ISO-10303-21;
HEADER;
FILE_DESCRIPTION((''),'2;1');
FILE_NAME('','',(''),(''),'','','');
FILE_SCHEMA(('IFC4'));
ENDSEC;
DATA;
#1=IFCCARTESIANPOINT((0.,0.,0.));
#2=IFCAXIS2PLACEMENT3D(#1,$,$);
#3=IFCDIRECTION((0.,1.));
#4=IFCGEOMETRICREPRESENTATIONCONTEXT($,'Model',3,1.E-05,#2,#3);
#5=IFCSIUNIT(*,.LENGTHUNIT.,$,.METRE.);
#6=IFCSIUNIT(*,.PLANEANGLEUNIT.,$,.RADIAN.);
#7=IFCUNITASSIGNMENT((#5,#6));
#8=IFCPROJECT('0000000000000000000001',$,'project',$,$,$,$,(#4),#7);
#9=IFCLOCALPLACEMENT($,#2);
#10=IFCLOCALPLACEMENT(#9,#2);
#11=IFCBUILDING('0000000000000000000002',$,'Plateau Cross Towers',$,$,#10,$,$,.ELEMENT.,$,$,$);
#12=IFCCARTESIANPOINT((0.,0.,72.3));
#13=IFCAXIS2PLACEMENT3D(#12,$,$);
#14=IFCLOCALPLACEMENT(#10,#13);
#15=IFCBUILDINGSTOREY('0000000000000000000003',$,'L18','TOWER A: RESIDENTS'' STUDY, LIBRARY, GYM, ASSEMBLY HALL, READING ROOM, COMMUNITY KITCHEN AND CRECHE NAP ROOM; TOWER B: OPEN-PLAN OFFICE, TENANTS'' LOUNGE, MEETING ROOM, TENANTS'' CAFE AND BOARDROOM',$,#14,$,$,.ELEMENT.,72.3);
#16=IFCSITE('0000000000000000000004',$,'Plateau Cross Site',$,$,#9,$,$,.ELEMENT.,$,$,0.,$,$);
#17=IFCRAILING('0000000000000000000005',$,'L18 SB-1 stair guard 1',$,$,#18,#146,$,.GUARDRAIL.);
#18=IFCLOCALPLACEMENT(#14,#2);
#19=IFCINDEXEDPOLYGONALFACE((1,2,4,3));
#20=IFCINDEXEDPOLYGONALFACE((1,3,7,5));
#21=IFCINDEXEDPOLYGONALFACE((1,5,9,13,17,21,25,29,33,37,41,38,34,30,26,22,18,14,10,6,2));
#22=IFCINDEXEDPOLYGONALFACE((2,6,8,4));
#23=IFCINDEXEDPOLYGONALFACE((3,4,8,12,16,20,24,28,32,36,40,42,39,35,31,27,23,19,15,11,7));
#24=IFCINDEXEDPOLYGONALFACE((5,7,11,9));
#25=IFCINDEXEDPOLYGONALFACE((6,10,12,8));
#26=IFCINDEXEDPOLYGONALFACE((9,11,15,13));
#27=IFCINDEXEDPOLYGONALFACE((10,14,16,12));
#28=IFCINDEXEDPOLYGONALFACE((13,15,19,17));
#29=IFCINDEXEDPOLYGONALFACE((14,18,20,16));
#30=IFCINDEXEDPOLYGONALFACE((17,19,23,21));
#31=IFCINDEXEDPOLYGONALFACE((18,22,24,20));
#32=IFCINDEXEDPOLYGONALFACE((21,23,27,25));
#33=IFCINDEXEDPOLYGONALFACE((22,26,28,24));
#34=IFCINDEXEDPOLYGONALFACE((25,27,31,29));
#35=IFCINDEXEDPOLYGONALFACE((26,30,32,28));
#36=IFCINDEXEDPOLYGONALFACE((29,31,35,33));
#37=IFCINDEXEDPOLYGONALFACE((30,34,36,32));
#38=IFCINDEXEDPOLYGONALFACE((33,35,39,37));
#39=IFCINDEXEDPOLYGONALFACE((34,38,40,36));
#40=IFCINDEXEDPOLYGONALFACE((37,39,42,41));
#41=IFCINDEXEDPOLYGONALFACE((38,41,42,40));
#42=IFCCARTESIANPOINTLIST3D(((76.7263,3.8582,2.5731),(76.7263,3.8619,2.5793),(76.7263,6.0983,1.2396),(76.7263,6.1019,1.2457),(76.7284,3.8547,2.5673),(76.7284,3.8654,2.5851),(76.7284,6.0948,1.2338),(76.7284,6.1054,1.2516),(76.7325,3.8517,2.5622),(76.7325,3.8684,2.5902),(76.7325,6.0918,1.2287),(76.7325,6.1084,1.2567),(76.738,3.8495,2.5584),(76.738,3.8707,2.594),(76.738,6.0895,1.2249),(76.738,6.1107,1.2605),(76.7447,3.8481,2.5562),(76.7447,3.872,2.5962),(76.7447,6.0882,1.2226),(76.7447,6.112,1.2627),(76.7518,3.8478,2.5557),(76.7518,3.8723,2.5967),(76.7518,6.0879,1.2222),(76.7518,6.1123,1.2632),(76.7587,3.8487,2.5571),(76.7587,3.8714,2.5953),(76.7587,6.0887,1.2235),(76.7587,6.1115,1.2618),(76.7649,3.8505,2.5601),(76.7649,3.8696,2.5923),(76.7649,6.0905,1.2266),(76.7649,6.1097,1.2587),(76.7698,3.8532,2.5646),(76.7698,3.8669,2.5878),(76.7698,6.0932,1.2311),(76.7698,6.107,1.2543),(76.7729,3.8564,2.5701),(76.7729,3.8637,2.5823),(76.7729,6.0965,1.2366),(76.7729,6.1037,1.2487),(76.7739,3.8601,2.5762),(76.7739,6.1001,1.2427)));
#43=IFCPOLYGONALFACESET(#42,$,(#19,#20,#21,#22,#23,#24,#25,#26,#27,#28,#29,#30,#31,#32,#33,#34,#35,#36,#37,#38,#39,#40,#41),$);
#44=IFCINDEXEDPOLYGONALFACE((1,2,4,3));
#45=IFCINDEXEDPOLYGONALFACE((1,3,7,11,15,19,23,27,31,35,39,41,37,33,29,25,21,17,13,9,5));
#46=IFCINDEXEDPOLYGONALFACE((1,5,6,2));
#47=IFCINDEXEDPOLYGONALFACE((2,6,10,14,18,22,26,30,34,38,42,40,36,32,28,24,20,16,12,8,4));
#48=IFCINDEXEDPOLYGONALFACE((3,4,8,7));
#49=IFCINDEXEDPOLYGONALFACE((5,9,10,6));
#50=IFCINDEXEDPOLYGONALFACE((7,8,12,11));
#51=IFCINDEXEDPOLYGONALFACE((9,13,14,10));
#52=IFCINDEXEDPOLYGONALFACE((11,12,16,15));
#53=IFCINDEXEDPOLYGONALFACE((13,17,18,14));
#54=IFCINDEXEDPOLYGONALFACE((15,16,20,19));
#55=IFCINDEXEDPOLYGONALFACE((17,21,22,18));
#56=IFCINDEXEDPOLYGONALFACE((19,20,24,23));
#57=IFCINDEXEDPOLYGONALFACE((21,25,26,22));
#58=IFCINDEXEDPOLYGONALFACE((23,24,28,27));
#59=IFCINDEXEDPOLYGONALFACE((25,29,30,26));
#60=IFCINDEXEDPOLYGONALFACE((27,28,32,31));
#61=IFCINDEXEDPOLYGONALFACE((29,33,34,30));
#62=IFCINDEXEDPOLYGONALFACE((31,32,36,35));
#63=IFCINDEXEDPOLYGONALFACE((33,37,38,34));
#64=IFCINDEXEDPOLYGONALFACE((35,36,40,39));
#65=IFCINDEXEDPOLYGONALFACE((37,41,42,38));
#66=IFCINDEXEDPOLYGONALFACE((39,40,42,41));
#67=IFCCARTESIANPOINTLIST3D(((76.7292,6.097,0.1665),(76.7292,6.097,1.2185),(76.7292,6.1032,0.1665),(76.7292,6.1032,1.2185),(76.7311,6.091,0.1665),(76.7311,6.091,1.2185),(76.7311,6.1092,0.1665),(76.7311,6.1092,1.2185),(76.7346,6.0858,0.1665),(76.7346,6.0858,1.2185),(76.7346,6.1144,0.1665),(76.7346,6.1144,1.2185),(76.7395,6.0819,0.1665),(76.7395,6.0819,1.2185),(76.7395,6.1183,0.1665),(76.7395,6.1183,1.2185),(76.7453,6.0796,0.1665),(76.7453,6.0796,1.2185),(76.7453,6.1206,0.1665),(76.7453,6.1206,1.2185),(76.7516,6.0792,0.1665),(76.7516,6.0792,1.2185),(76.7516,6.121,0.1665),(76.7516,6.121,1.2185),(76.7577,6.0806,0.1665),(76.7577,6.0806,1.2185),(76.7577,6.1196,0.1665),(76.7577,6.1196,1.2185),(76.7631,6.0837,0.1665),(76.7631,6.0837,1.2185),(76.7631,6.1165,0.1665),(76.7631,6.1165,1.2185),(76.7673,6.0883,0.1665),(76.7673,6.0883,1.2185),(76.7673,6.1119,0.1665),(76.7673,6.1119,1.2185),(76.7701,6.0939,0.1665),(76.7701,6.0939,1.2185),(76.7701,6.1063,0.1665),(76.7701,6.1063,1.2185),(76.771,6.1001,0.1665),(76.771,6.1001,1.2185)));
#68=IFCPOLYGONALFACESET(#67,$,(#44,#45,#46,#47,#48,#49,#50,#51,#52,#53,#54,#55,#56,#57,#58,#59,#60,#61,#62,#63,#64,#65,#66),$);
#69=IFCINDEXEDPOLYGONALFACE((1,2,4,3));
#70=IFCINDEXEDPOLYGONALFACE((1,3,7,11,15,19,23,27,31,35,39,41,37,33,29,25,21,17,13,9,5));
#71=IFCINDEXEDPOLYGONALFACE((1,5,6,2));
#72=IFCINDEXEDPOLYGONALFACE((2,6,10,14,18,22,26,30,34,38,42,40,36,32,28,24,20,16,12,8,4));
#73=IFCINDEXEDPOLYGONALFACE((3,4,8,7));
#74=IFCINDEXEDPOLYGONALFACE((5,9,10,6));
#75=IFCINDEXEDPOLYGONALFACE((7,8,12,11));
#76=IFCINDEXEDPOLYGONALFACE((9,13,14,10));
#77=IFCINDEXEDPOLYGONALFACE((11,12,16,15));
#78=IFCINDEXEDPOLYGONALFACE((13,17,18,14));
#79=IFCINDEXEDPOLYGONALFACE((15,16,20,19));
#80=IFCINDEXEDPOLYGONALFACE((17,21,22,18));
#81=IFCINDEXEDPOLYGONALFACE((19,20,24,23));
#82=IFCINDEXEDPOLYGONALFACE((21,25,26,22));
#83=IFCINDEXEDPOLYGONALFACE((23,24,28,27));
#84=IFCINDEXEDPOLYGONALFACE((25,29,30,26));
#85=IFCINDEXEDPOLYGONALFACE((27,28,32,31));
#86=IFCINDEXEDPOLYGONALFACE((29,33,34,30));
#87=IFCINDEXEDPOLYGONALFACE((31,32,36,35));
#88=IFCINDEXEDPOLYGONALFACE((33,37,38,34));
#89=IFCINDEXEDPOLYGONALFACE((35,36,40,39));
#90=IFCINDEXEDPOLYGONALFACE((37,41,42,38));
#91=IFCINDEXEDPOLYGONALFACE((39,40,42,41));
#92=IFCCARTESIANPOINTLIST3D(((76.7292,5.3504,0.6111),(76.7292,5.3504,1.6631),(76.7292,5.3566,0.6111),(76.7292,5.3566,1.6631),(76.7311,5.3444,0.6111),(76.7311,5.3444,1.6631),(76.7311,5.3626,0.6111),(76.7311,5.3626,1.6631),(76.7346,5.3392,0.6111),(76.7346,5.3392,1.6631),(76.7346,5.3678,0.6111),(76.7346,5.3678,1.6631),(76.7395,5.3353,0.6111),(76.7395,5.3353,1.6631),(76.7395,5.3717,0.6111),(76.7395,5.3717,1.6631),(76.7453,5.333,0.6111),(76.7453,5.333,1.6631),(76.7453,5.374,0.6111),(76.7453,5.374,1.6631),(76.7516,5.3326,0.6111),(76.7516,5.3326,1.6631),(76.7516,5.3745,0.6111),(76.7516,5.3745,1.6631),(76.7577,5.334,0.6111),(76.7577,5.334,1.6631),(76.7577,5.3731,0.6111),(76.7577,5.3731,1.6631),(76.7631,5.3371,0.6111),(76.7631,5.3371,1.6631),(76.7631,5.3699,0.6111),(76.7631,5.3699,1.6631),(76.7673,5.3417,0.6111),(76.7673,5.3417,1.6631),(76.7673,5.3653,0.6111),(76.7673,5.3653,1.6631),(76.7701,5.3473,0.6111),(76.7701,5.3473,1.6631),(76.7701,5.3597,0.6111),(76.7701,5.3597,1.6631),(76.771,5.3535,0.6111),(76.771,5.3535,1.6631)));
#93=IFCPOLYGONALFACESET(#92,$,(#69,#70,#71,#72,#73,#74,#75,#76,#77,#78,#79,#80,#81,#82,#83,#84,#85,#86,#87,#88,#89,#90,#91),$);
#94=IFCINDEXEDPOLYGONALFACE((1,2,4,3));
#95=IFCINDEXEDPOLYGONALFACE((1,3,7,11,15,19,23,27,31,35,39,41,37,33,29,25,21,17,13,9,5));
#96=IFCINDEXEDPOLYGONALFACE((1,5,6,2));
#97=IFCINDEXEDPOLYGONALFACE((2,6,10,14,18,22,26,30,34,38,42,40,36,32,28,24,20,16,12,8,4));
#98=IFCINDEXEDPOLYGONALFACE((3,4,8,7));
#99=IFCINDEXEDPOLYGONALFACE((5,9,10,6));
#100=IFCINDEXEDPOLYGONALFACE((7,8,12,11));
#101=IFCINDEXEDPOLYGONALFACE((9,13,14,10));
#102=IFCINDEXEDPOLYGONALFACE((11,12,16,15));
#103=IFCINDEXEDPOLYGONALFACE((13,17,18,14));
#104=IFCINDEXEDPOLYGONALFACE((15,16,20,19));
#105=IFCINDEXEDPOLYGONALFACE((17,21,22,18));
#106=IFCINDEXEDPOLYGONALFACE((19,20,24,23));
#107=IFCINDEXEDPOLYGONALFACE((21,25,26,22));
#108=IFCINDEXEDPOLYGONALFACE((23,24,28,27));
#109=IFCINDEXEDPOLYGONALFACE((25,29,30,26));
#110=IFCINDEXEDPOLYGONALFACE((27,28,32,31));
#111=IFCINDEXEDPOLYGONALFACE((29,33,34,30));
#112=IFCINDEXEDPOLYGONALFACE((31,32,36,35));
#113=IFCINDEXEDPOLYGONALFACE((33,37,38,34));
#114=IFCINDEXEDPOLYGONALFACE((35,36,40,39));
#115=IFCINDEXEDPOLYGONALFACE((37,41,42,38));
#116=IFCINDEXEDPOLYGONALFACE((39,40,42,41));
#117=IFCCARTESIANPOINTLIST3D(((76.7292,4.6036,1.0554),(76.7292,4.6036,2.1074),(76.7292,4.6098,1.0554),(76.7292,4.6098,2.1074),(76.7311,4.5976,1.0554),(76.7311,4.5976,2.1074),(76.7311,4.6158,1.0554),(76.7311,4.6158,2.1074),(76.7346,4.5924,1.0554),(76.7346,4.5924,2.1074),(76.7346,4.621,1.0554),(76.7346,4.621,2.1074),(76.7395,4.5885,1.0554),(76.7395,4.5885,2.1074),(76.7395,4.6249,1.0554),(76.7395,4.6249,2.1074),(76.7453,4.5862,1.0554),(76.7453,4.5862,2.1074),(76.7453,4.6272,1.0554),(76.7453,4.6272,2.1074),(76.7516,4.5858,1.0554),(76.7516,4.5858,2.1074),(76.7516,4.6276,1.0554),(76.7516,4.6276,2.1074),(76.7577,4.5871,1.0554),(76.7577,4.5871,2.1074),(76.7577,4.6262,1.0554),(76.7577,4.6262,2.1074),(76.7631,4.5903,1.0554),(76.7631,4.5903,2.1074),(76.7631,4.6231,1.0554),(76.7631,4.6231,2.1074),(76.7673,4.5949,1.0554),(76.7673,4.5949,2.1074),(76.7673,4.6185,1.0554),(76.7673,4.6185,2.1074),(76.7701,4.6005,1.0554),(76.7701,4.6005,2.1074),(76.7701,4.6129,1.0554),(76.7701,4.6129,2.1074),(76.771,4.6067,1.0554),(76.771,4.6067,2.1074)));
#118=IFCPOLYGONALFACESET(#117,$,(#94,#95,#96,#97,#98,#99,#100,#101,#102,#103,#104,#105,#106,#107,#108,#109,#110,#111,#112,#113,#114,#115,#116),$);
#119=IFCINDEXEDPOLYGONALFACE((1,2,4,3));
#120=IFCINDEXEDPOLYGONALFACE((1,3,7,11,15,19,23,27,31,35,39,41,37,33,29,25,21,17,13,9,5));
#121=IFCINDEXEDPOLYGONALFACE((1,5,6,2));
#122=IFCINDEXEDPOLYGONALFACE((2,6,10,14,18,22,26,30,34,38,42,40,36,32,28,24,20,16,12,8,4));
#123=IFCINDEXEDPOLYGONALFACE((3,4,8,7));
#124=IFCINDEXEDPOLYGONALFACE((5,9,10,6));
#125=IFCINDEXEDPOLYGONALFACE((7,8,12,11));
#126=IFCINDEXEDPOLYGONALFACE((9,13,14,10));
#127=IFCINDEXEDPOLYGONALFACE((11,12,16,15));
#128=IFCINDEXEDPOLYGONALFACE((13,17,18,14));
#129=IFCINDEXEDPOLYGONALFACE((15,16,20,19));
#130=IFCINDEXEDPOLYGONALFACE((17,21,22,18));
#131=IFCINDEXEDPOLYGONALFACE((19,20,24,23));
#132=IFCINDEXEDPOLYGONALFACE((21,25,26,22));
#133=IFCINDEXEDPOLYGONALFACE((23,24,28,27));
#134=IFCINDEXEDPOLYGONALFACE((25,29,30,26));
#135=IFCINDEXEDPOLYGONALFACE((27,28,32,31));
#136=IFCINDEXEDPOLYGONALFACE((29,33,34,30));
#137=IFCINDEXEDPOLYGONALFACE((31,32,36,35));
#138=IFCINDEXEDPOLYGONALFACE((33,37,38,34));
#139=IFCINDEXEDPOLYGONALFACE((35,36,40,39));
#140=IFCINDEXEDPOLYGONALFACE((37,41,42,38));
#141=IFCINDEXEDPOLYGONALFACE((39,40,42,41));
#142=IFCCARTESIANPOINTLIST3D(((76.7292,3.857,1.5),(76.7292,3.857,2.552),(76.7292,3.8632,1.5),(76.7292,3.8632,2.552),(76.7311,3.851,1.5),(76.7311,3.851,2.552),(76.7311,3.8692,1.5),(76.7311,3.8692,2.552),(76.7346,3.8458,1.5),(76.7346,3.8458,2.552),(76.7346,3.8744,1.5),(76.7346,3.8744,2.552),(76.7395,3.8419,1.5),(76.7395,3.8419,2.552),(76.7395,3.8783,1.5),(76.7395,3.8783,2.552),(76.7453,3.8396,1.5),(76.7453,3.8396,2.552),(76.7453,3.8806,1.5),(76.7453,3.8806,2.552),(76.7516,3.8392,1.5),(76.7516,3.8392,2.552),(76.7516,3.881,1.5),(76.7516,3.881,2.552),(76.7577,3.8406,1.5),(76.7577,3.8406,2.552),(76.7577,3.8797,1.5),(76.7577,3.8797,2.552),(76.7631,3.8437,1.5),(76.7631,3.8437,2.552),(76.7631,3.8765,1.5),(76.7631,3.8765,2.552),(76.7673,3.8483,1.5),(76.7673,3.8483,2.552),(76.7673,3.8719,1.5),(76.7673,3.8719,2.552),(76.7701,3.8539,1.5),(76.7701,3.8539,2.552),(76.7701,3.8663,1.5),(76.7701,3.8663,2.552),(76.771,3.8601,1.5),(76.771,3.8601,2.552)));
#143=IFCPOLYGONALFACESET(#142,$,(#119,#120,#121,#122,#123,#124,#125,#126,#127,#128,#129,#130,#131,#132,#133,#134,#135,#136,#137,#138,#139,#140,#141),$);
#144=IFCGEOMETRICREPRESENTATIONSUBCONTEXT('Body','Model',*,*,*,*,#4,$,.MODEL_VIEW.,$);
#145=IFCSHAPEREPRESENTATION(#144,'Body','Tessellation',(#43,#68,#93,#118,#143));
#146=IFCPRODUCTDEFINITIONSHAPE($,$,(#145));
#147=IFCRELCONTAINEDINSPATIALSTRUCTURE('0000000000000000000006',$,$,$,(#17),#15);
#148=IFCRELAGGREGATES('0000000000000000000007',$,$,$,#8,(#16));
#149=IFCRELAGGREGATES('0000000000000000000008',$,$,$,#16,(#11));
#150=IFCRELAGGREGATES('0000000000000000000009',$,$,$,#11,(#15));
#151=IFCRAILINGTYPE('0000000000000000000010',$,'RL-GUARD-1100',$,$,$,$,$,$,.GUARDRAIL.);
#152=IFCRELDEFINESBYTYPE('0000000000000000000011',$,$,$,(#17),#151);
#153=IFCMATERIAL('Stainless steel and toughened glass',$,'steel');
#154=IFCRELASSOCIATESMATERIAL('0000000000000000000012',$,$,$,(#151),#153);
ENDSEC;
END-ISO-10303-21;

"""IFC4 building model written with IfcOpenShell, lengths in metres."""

from ifc_helpers import new_model, si_unit, direction, frame, origin, origin_2d, place, context, subcontext, project, spatial, circle, extrude, material, type_object, element, save


model = new_model("IFC4")

# Units and contexts
model_context = context("Model", 3, precision=1e-05, world=origin(), true_north=direction((0.0, 1.0)))
body_context = subcontext(model_context, "Body", "Model", "MODEL_VIEW")
ifc_project = project(units=[si_unit("LENGTHUNIT", "METRE"), si_unit("PLANEANGLEUNIT", "RADIAN")], contexts=[model_context])

# Site, building, storey
site_placement = place(None, origin())
site = spatial("IfcSite", under=ifc_project, at=site_placement, Name="Plateau Cross Site", CompositionType="ELEMENT", RefElevation=0.0)
building_placement = place(site_placement, origin())
building = spatial("IfcBuilding", under=site, at=building_placement, Name="Plateau Cross Towers", CompositionType="ELEMENT")
storey_placement = place(building_placement, frame((0.0, 0.0, 72.3)))
storey = spatial("IfcBuildingStorey", under=building, at=storey_placement, Name="L18", Description="TOWER A: RESIDENTS' STUDY, LIBRARY, GYM, ASSEMBLY HALL, READING ROOM, COMMUNITY KITCHEN AND CRECHE NAP ROOM; TOWER B: OPEN-PLAN OFFICE, TENANTS' LOUNGE, MEETING ROOM, TENANTS' CAFE AND BOARDROOM", CompositionType="ELEMENT", Elevation=72.3)

# Railing
ifc_material_1 = material(Name="Stainless steel and toughened glass", Category="steel")
railing_type = type_object("IfcRailingType", Name="RL-GUARD-1100", PredefinedType="GUARDRAIL", material=ifc_material_1)
railing_1_placement = place(storey_placement, frame((76.75, 6.1001, 0.1665)))
element("IfcRailing", 1, at=railing_1_placement, inside=storey, type_object=railing_type, Name="L18 SB-1 stair guard 1", PredefinedType="GUARDRAIL", context=body_context, shape_type="SweptSolid", body=[
    extrude(circle(Radius=0.0239, at=origin_2d()), frame((0.0, 0.0, 1.0762), z_axis=(0.0, -0.859264, 0.511532), x_axis=(1.0, 0.0, 0.0)), (0.0, 0.0, 1.0), 2.6069),
    extrude(circle(Radius=0.021, at=origin_2d()), origin(), (0.0, 0.0, 1.0), 1.052),
    extrude(circle(Radius=0.021, at=origin_2d()), frame((0.0, -0.7466, 0.4446)), (0.0, 0.0, 1.0), 1.052),
    extrude(circle(Radius=0.021, at=origin_2d()), frame((0.0, -1.4934, 0.8889)), (0.0, 0.0, 1.0), 1.052),
    extrude(circle(Radius=0.021, at=origin_2d()), frame((0.0, -2.24, 1.3335)), (0.0, 0.0, 1.0), 1.052),
])

save(model, "model.ifc")
